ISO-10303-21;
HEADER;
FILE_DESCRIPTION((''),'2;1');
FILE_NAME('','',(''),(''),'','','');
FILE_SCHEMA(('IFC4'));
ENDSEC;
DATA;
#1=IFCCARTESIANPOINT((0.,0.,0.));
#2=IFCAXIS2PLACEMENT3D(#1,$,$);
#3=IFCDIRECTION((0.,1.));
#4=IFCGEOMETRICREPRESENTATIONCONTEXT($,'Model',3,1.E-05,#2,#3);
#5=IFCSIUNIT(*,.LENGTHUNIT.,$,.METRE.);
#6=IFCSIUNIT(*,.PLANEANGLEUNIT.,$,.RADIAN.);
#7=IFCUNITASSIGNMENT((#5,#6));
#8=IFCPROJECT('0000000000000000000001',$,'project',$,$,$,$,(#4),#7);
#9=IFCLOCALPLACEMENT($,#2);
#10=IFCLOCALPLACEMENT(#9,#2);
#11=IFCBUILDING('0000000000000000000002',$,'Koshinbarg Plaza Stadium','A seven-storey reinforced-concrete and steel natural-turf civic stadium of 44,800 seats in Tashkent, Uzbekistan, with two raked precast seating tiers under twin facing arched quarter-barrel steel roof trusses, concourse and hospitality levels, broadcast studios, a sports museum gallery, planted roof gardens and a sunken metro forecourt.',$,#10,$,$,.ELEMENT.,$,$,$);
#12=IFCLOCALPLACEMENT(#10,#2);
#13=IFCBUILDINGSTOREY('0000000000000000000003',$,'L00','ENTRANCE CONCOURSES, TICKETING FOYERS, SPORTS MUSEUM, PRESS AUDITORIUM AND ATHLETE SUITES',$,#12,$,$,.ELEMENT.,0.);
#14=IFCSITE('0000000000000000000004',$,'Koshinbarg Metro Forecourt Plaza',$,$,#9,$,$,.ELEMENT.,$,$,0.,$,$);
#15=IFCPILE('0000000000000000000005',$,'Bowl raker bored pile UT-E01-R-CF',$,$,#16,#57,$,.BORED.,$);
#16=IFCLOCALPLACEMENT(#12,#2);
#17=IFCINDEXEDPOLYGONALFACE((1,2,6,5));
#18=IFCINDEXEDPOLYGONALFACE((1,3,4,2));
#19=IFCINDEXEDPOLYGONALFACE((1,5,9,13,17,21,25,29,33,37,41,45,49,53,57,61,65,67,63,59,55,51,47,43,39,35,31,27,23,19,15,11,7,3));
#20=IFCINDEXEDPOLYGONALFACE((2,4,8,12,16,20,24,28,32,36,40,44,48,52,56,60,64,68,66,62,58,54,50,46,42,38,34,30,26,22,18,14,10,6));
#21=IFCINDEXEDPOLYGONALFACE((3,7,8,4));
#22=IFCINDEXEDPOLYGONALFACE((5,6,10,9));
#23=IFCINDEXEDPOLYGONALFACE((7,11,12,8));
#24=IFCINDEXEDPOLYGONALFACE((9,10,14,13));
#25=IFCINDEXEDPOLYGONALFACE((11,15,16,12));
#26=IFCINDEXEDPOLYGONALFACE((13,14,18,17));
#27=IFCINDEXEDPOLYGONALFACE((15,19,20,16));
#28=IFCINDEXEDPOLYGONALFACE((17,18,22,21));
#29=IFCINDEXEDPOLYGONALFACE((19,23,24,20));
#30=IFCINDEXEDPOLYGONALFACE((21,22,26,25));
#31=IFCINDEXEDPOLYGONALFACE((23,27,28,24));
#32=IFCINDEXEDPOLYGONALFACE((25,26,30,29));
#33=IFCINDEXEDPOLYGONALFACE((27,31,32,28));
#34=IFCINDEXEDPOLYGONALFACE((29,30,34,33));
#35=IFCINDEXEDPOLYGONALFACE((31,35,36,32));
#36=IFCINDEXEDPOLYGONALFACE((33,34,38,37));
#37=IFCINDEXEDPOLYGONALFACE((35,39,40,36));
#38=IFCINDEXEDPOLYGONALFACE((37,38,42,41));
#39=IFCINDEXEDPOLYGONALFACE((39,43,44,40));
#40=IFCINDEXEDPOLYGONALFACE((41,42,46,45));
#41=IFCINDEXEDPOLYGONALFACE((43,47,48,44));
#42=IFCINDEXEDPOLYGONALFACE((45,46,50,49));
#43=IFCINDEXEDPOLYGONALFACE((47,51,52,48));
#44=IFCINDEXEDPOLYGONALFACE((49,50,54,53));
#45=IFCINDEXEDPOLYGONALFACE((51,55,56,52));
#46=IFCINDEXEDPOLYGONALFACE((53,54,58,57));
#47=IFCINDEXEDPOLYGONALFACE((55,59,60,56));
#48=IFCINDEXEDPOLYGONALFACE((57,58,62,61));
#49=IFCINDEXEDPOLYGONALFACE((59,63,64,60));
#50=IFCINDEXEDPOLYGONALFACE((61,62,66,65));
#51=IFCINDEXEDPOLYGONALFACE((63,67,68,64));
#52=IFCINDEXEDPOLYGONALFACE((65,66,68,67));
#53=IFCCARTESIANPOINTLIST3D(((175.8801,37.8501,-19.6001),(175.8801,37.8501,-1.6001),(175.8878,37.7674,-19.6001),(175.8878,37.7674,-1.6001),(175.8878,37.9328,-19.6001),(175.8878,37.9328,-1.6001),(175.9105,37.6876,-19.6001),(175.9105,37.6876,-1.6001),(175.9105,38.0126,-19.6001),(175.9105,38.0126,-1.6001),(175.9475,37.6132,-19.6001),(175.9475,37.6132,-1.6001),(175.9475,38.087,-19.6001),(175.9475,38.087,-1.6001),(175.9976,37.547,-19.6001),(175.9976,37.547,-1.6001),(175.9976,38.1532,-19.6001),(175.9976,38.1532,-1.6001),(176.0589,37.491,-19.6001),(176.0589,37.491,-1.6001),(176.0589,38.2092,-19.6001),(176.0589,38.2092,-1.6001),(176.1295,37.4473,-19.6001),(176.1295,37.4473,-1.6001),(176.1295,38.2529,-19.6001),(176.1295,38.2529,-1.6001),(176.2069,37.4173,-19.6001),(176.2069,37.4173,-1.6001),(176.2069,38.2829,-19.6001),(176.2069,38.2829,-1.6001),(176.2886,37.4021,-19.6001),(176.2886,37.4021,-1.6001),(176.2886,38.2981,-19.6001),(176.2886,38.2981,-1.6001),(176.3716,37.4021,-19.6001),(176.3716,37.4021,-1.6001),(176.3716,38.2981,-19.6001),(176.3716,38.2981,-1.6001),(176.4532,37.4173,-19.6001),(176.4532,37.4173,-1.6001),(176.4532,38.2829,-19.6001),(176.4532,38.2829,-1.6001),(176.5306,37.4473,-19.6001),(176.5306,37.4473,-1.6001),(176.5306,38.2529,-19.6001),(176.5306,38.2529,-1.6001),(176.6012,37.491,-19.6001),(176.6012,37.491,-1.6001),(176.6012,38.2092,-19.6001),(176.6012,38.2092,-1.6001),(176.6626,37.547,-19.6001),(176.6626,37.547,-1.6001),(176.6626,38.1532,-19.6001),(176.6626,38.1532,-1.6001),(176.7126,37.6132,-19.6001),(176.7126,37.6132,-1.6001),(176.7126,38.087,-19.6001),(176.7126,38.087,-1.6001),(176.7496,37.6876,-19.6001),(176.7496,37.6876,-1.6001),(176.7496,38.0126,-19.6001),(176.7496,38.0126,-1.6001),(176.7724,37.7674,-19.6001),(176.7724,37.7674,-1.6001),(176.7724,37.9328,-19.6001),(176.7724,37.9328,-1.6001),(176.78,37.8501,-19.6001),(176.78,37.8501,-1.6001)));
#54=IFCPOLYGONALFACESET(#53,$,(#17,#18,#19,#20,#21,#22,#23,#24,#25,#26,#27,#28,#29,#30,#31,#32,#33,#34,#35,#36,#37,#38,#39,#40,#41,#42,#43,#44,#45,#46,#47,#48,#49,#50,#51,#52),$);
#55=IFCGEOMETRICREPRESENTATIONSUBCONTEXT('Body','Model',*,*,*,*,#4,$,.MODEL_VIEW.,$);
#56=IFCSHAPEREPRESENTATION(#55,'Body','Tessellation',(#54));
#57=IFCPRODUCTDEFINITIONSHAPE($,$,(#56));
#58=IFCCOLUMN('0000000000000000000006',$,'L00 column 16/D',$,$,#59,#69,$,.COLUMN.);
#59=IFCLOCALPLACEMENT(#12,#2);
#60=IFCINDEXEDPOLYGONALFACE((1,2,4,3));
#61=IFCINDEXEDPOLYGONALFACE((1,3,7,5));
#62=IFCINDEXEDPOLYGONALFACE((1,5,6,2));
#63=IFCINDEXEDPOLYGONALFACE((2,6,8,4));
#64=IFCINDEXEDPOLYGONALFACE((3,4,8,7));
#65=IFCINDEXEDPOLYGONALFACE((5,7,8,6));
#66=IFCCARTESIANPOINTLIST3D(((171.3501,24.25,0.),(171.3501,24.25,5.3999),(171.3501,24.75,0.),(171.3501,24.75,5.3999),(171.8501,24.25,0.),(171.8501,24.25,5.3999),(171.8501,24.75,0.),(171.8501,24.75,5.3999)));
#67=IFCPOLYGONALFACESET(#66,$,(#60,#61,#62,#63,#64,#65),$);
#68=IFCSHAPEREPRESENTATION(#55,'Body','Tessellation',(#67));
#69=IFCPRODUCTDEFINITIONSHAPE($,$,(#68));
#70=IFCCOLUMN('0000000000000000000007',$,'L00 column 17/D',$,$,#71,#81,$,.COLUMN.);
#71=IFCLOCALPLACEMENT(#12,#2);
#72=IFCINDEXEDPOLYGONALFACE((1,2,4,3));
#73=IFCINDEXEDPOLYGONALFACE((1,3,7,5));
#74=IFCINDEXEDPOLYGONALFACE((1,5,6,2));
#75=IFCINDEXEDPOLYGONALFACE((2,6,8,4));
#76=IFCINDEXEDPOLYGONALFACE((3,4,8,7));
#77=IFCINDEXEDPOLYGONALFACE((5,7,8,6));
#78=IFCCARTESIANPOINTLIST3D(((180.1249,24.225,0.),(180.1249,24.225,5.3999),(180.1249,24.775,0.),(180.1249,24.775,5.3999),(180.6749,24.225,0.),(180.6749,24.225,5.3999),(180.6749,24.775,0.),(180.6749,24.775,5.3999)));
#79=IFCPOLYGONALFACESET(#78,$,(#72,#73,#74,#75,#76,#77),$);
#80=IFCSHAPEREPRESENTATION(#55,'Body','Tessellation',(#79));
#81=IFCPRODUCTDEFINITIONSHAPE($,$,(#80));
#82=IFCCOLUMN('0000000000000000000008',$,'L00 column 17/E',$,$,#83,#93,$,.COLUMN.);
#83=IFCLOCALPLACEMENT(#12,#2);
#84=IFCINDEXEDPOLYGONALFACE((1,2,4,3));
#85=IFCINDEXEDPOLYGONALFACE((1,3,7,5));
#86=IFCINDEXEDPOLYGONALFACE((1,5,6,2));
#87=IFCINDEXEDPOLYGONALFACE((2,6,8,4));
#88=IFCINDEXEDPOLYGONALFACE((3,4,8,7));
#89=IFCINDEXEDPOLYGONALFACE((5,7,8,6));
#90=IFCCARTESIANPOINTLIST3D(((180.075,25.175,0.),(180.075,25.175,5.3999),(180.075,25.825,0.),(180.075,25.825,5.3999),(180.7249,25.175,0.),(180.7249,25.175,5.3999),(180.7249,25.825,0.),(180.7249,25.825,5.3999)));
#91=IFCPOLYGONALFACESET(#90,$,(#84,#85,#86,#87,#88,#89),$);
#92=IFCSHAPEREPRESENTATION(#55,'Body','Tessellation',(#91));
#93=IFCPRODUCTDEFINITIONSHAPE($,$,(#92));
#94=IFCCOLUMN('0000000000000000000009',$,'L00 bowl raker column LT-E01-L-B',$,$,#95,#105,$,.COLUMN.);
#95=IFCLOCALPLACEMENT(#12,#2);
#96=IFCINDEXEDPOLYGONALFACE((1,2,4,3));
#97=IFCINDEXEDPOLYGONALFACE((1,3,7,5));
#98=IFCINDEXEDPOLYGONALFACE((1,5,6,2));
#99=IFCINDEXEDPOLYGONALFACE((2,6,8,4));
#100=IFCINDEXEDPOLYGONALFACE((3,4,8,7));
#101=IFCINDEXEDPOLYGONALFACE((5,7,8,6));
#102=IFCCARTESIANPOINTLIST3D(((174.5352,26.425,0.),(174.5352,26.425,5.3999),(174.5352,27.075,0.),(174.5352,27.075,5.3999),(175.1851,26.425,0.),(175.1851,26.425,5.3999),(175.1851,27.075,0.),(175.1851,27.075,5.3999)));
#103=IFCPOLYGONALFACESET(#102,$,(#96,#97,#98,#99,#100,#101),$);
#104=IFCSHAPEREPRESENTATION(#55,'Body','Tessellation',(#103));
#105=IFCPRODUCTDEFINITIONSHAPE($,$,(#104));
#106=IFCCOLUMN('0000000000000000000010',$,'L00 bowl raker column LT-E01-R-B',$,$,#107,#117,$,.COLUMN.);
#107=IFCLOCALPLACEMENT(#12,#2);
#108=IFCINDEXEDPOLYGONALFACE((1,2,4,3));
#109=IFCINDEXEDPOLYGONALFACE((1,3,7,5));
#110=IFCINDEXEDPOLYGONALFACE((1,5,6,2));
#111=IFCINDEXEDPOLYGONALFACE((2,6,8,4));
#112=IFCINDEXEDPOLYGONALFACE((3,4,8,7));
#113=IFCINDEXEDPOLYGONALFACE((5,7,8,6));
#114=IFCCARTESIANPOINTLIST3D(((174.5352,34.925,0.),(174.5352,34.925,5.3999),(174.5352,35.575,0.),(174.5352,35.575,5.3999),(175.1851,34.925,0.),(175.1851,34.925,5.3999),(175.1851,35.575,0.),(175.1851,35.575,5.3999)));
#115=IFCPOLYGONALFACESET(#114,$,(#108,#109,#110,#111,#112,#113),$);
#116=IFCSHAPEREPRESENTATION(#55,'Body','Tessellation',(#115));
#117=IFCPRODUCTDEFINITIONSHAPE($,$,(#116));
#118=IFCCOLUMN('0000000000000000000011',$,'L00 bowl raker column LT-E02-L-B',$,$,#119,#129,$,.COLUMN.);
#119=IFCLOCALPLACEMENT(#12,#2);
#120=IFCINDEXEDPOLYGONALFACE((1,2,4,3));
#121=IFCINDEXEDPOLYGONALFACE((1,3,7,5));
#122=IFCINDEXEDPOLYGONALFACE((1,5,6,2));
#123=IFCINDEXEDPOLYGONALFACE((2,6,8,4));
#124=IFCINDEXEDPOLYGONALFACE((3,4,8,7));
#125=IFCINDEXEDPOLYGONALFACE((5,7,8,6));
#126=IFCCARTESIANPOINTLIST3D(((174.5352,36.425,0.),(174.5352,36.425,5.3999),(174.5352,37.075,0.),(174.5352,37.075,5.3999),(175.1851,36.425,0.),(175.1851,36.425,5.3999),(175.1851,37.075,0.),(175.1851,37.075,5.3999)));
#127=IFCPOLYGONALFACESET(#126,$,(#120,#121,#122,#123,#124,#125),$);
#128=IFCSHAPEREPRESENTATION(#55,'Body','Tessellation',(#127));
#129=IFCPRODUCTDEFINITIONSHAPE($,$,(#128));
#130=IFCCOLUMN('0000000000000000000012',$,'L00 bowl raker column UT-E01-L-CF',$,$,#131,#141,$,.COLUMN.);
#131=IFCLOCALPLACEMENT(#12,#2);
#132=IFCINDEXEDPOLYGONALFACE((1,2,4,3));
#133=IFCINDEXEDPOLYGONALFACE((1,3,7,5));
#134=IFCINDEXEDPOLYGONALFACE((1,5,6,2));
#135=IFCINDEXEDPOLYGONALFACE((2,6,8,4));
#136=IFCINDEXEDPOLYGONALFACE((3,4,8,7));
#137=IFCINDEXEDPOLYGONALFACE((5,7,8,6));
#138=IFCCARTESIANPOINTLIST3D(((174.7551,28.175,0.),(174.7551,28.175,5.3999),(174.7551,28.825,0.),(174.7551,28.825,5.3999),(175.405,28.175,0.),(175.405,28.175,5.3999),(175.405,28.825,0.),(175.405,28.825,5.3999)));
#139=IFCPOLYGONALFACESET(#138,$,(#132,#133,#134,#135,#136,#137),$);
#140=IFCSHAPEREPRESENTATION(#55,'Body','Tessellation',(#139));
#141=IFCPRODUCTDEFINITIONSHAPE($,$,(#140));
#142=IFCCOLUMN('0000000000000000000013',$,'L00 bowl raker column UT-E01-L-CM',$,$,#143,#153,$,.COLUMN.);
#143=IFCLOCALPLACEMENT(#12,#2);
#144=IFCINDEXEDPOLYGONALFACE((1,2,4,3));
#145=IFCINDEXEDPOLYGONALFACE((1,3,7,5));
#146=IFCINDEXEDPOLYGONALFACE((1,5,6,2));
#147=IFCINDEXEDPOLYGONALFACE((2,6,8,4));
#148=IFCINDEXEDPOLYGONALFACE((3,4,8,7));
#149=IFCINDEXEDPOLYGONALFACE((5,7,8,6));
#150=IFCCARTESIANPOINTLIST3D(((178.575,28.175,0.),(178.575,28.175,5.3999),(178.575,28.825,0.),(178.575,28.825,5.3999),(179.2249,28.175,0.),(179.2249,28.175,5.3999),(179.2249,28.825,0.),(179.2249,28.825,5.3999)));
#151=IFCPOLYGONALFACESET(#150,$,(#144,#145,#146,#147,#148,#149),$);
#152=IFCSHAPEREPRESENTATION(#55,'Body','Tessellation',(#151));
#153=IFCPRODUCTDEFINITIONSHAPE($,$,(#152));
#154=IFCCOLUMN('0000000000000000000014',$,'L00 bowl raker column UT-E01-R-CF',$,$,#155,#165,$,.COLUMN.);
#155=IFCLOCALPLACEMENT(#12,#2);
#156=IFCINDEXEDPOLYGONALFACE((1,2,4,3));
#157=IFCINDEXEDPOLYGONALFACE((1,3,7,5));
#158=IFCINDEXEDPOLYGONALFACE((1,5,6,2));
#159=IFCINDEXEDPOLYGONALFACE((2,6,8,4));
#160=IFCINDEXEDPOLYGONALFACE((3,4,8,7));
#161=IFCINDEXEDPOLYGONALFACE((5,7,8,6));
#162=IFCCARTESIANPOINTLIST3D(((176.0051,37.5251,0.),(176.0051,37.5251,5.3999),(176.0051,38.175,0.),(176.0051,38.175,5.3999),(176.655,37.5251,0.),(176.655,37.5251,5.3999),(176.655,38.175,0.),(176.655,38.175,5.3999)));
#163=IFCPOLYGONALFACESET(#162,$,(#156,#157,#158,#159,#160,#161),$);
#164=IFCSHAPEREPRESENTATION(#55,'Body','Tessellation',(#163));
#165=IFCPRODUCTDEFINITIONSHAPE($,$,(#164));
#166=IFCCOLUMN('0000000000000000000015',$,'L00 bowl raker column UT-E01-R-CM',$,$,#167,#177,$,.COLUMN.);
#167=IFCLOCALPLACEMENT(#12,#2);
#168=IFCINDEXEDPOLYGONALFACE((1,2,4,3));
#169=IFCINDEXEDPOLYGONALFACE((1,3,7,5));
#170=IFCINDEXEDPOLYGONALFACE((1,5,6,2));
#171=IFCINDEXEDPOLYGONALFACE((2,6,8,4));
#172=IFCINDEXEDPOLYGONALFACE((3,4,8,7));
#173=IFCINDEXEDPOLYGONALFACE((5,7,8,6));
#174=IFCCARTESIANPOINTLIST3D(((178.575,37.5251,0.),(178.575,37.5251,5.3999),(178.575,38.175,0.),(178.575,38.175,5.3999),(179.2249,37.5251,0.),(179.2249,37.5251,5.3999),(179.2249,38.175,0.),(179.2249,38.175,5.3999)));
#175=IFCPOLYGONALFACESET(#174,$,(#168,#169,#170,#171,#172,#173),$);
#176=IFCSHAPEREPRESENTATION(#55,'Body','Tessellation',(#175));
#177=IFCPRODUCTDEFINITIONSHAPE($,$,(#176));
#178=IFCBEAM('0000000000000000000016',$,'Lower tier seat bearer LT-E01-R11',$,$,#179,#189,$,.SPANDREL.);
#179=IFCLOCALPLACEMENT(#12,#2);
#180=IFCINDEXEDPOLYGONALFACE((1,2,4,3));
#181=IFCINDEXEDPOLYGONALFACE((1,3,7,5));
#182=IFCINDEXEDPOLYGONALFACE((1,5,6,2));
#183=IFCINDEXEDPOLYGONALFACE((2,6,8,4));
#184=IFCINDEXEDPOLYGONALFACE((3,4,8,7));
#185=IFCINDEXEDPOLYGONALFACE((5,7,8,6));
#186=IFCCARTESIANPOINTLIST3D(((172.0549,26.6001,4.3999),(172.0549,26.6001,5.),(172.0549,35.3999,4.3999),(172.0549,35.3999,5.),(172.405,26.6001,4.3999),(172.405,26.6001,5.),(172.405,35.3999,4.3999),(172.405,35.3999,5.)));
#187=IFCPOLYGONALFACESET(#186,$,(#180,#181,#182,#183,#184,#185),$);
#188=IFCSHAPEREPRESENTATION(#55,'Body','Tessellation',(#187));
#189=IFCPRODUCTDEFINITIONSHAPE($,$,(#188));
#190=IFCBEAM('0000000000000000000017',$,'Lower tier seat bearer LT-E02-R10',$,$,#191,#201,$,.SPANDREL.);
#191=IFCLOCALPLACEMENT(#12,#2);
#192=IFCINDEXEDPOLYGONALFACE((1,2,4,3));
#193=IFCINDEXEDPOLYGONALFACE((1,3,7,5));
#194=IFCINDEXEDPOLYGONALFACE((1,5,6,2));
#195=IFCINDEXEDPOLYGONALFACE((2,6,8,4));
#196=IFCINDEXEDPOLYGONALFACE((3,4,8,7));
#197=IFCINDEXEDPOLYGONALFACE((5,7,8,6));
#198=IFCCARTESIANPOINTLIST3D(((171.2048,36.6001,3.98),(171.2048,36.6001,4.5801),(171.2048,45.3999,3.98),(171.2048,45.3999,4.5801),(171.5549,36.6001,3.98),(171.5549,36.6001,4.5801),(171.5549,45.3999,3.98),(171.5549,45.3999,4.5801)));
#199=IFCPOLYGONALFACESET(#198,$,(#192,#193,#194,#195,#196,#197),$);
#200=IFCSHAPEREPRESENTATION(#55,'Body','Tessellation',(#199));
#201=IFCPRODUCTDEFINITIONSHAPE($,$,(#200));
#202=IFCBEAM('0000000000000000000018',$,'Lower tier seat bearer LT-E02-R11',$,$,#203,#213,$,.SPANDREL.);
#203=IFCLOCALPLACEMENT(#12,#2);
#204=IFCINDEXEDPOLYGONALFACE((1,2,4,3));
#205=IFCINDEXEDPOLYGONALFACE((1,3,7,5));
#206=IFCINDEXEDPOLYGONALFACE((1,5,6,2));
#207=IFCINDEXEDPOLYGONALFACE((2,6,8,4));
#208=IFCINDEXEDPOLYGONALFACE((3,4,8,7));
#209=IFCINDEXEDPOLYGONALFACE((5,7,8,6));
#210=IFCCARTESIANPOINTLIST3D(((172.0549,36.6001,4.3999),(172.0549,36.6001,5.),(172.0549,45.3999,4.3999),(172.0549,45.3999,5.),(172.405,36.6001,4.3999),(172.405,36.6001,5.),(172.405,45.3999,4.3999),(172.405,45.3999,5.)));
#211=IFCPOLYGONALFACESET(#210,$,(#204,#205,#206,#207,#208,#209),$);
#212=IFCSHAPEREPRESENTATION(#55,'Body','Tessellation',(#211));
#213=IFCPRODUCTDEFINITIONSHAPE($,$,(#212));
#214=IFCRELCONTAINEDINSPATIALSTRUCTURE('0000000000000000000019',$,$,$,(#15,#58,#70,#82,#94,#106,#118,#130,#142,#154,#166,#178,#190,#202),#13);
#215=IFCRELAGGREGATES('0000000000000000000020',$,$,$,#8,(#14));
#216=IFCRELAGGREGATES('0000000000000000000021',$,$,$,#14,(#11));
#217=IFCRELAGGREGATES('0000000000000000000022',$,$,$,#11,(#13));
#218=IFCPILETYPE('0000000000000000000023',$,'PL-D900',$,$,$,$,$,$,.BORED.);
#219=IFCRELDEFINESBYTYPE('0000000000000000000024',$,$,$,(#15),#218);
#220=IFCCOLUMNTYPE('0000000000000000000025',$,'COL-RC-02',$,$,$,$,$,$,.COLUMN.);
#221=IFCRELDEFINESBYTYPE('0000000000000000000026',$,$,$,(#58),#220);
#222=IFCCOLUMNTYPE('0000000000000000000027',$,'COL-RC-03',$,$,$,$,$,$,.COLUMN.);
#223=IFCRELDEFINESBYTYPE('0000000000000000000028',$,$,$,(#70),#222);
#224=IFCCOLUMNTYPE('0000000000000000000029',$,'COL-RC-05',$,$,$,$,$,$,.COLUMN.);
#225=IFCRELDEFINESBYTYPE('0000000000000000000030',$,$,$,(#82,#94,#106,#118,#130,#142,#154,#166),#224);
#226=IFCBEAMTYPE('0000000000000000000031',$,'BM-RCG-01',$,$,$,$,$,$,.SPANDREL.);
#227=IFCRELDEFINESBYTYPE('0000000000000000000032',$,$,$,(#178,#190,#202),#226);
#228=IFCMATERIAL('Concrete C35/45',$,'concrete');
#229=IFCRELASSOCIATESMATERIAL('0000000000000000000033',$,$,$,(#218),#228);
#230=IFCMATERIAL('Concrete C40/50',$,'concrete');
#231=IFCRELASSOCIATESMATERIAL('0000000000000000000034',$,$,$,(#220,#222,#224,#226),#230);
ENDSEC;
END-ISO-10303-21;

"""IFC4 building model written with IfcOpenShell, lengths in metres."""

from ifc_helpers import new_model, si_unit, direction, frame, origin, origin_2d, place, context, subcontext, project, spatial, rectangle, circle, extrude, material, material_profile, profile_set, type_object, element, save


model = new_model("IFC4")

# Units and contexts
model_context = context("Model", 3, precision=1e-05, world=origin(), true_north=direction((0.0, 1.0)))
body_context = subcontext(model_context, "Body", "Model", "MODEL_VIEW")
ifc_project = project(units=[si_unit("LENGTHUNIT", "METRE"), si_unit("PLANEANGLEUNIT", "RADIAN")], contexts=[model_context])

# Site, building, storey
site_placement = place(None, origin())
site = spatial("IfcSite", under=ifc_project, at=site_placement, Name="Koshinbarg Metro Forecourt Plaza", CompositionType="ELEMENT", RefElevation=0.0)
building_placement = place(site_placement, origin())
building = spatial("IfcBuilding", under=site, at=building_placement, Name="Koshinbarg Plaza Stadium", Description="A seven-storey reinforced-concrete and steel natural-turf civic stadium of 44,800 seats in Tashkent, Uzbekistan, with two raked precast seating tiers under twin facing arched quarter-barrel steel roof trusses, concourse and hospitality levels, broadcast studios, a sports museum gallery, planted roof gardens and a sunken metro forecourt.", CompositionType="ELEMENT")
storey_placement = place(building_placement, origin())
storey = spatial("IfcBuildingStorey", under=building, at=storey_placement, Name="L00", Description="ENTRANCE CONCOURSES, TICKETING FOYERS, SPORTS MUSEUM, PRESS AUDITORIUM AND ATHLETE SUITES", CompositionType="ELEMENT", Elevation=0.0)

# Shared definitions
ifc_material_1 = material(Name="Concrete C35/45", Category="concrete")

# Pile
ifc_material_profile_1 = material_profile(ifc_material_1, circle(Radius=0.45, at=origin_2d()), Name="PILE D900")
ifc_profile_set_1 = profile_set([ifc_material_profile_1], Name="Concrete C35/45")
pile_type_1 = type_object("IfcPileType", Name="PL-D900", PredefinedType="BORED", material=ifc_profile_set_1)
for number, where, z_axis, x_axis, name in (
    (1, (176.3301, 37.8501, -1.6001), (0.0, 0.0, -1.0), (1.0, 0.0, 0.0), "Bowl raker bored pile UT-E01-R-CF"),
):
    element("IfcPile", number, at=place(storey_placement, frame(where, z_axis=z_axis, x_axis=x_axis)), inside=storey, type_object=pile_type_1, Name=name, PredefinedType="BORED", context=body_context, shape_type="SweptSolid", body=[
        extrude(circle(Radius=0.45, at=origin_2d()), origin(), (0.0, 0.0, 1.0), 18.0),
    ])

# Columns
ifc_material_2 = material(Name="Concrete C40/50", Category="concrete")
ifc_material_profile_2 = material_profile(ifc_material_2, rectangle(XDim=0.5, YDim=0.5, at=origin_2d()), Name="RC 500x500")
ifc_profile_set_2 = profile_set([ifc_material_profile_2], Name="Concrete C40/50")
column_type_1 = type_object("IfcColumnType", Name="COL-RC-02", PredefinedType="COLUMN", material=ifc_profile_set_2)
column_1_placement = place(storey_placement, frame((171.6001, 24.5, 0.0), z_axis=(0.0, 0.0, 1.0), x_axis=(1.0, 0.0, 0.0)))
element("IfcColumn", 2, at=column_1_placement, inside=storey, type_object=column_type_1, Name="L00 column 16/D", PredefinedType="COLUMN", context=body_context, shape_type="SweptSolid", body=[
    extrude(rectangle(XDim=0.5, YDim=0.5, at=origin_2d()), origin(), (0.0, 0.0, 1.0), 5.3999),
])
ifc_material_profile_3 = material_profile(ifc_material_2, rectangle(XDim=0.55, YDim=0.55, at=origin_2d()), Name="RC 550x550")
ifc_profile_set_3 = profile_set([ifc_material_profile_3], Name="Concrete C40/50")
column_type_2 = type_object("IfcColumnType", Name="COL-RC-03", PredefinedType="COLUMN", material=ifc_profile_set_3)
column_2_placement = place(storey_placement, frame((180.3999, 24.5, 0.0), z_axis=(0.0, 0.0, 1.0), x_axis=(1.0, 0.0, 0.0)))
element("IfcColumn", 3, at=column_2_placement, inside=storey, type_object=column_type_2, Name="L00 column 17/D", PredefinedType="COLUMN", context=body_context, shape_type="SweptSolid", body=[
    extrude(rectangle(XDim=0.55, YDim=0.55, at=origin_2d()), origin(), (0.0, 0.0, 1.0), 5.3999),
])
ifc_material_profile_4 = material_profile(ifc_material_2, rectangle(XDim=0.6499, YDim=0.6499, at=origin_2d()), Name="RC 650x650")
ifc_profile_set_4 = profile_set([ifc_material_profile_4], Name="Concrete C40/50")
column_type_3 = type_object("IfcColumnType", Name="COL-RC-05", PredefinedType="COLUMN", material=ifc_profile_set_4)
for number, where, z_axis, x_axis, name in (
    (4, (180.3999, 25.5, 0.0), (0.0, 0.0, 1.0), (1.0, 0.0, 0.0), "L00 column 17/E"),
    (5, (174.8601, 26.75, 0.0), (0.0, 0.0, 1.0), (1.0, 0.0, 0.0), "L00 bowl raker column LT-E01-L-B"),
    (6, (174.8601, 35.25, 0.0), (0.0, 0.0, 1.0), (1.0, 0.0, 0.0), "L00 bowl raker column LT-E01-R-B"),
    (7, (174.8601, 36.75, 0.0), (0.0, 0.0, 1.0), (1.0, 0.0, 0.0), "L00 bowl raker column LT-E02-L-B"),
    (8, (175.0801, 28.5, 0.0), (0.0, 0.0, 1.0), (1.0, 0.0, 0.0), "L00 bowl raker column UT-E01-L-CF"),
    (9, (178.8999, 28.5, 0.0), (0.0, 0.0, 1.0), (1.0, 0.0, 0.0), "L00 bowl raker column UT-E01-L-CM"),
    (10, (176.3301, 37.8501, 0.0), (0.0, 0.0, 1.0), (1.0, 0.0, 0.0), "L00 bowl raker column UT-E01-R-CF"),
    (11, (178.8999, 37.8501, 0.0), (0.0, 0.0, 1.0), (1.0, 0.0, 0.0), "L00 bowl raker column UT-E01-R-CM"),
):
    element("IfcColumn", number, at=place(storey_placement, frame(where, z_axis=z_axis, x_axis=x_axis)), inside=storey, type_object=column_type_3, Name=name, PredefinedType="COLUMN", context=body_context, shape_type="SweptSolid", body=[
        extrude(rectangle(XDim=0.6499, YDim=0.6499, at=origin_2d()), origin(), (0.0, 0.0, 1.0), 5.3999),
    ])

# Beams
ifc_material_profile_5 = material_profile(ifc_material_2, rectangle(XDim=0.3501, YDim=0.6001, at=origin_2d()), Name="RC 350x600")
ifc_profile_set_5 = profile_set([ifc_material_profile_5], Name="Concrete C40/50")
beam_type = type_object("IfcBeamType", Name="BM-RCG-01", PredefinedType="SPANDREL", material=ifc_profile_set_5)
for number, where, z_axis, x_axis, name in (
    (12, (172.23, 26.6001, 4.7), (0.0, 1.0, 0.0), (-1.0, 0.0, 0.0), "Lower tier seat bearer LT-E01-R11"),
    (13, (171.3799, 36.6001, 4.28), (0.0, 1.0, 0.0), (-1.0, 0.0, 0.0), "Lower tier seat bearer LT-E02-R10"),
    (14, (172.23, 36.6001, 4.7), (0.0, 1.0, 0.0), (-1.0, 0.0, 0.0), "Lower tier seat bearer LT-E02-R11"),
):
    element("IfcBeam", number, at=place(storey_placement, frame(where, z_axis=z_axis, x_axis=x_axis)), inside=storey, type_object=beam_type, Name=name, PredefinedType="SPANDREL", context=body_context, shape_type="SweptSolid", body=[
        extrude(rectangle(XDim=0.3501, YDim=0.6001, at=origin_2d()), origin(), (0.0, 0.0, 1.0), 8.7998),
    ])

save(model, "model.ifc")
